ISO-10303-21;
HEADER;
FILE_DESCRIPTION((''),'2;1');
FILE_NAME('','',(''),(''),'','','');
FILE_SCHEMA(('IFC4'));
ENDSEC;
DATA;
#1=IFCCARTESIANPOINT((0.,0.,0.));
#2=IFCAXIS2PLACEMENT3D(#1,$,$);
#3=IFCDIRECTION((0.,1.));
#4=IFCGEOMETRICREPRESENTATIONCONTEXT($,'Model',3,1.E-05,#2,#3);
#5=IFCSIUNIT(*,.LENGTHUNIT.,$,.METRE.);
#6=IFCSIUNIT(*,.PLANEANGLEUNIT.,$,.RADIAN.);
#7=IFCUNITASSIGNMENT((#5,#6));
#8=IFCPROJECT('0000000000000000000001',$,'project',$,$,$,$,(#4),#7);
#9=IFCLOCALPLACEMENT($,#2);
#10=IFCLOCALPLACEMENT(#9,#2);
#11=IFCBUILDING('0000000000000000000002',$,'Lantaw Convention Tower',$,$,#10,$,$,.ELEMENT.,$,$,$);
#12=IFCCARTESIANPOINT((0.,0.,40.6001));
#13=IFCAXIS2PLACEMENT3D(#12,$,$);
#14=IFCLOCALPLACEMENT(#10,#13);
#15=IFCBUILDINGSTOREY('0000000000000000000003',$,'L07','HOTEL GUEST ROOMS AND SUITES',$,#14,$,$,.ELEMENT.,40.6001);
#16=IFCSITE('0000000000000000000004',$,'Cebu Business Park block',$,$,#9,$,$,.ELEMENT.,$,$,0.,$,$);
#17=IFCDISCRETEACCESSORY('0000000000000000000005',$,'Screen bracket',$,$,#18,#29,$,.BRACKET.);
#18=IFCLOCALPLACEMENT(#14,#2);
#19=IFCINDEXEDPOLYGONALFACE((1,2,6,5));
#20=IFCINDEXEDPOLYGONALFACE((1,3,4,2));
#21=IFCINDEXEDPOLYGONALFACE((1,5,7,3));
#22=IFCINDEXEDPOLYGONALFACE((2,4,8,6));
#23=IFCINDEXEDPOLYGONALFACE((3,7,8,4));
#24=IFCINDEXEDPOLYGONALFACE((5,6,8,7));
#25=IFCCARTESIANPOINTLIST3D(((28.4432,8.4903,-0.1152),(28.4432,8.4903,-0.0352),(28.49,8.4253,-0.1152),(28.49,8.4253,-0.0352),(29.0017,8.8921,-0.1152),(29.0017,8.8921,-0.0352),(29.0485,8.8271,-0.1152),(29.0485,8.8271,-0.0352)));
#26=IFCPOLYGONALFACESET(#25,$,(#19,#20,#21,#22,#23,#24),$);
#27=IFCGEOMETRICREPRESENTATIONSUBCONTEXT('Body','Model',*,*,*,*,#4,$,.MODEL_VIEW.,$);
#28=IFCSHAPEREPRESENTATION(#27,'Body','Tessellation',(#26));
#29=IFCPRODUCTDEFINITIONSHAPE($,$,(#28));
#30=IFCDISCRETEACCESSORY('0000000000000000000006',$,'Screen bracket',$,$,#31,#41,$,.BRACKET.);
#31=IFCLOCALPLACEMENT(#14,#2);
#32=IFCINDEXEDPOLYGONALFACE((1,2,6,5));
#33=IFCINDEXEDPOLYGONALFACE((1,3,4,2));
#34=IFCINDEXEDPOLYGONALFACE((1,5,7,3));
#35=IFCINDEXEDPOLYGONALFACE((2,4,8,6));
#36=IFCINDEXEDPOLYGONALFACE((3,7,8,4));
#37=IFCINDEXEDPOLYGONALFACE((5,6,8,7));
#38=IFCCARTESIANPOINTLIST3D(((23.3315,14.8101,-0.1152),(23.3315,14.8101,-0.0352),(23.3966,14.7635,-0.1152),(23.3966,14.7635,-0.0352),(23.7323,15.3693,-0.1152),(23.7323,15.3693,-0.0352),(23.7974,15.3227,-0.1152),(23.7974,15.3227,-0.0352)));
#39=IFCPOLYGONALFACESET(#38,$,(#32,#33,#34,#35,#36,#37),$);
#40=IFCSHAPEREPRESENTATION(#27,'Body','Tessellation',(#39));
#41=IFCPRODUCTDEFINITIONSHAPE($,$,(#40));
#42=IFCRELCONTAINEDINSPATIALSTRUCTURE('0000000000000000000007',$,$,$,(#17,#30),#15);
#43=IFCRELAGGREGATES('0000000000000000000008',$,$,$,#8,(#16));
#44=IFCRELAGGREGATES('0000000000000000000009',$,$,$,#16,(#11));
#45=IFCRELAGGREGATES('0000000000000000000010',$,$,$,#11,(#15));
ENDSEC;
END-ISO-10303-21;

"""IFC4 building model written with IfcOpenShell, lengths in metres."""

from ifc_helpers import new_model, si_unit, direction, frame, origin, origin_2d, place, context, subcontext, project, spatial, rectangle, extrude, element, save


model = new_model("IFC4")

# Units and contexts
model_context = context("Model", 3, precision=1e-05, world=origin(), true_north=direction((0.0, 1.0)))
body_context = subcontext(model_context, "Body", "Model", "MODEL_VIEW")
ifc_project = project(units=[si_unit("LENGTHUNIT", "METRE"), si_unit("PLANEANGLEUNIT", "RADIAN")], contexts=[model_context])

# Site, building, storey
site_placement = place(None, origin())
site = spatial("IfcSite", under=ifc_project, at=site_placement, Name="Cebu Business Park block", CompositionType="ELEMENT", RefElevation=0.0)
building_placement = place(site_placement, origin())
building = spatial("IfcBuilding", under=site, at=building_placement, Name="Lantaw Convention Tower", CompositionType="ELEMENT")
storey_placement = place(building_placement, frame((0.0, 0.0, 40.6001)))
storey = spatial("IfcBuildingStorey", under=building, at=storey_placement, Name="L07", Description="HOTEL GUEST ROOMS AND SUITES", CompositionType="ELEMENT", Elevation=40.6001)

# Discrete accessories
for number, where, z_axis, x_axis, name in (
    (1, (28.7458, 8.6587, -0.1152), (0.0, 0.0, 1.0), (-0.583951, 0.811789, 0.0), "Screen bracket"),
    (2, (23.5645, 15.0664, -0.1152), (0.0, 0.0, 1.0), (-0.812804, 0.582538, 0.0), "Screen bracket"),
):
    element("IfcDiscreteAccessory", number, at=place(storey_placement, frame(where, z_axis=z_axis, x_axis=x_axis)), inside=storey, Name=name, PredefinedType="BRACKET", context=body_context, shape_type="SweptSolid", body=[
        extrude(rectangle(XDim=0.0801, YDim=0.688, at=origin_2d()), origin(), (0.0, 0.0, 1.0), 0.0801),
    ])

save(model, "model.ifc")
